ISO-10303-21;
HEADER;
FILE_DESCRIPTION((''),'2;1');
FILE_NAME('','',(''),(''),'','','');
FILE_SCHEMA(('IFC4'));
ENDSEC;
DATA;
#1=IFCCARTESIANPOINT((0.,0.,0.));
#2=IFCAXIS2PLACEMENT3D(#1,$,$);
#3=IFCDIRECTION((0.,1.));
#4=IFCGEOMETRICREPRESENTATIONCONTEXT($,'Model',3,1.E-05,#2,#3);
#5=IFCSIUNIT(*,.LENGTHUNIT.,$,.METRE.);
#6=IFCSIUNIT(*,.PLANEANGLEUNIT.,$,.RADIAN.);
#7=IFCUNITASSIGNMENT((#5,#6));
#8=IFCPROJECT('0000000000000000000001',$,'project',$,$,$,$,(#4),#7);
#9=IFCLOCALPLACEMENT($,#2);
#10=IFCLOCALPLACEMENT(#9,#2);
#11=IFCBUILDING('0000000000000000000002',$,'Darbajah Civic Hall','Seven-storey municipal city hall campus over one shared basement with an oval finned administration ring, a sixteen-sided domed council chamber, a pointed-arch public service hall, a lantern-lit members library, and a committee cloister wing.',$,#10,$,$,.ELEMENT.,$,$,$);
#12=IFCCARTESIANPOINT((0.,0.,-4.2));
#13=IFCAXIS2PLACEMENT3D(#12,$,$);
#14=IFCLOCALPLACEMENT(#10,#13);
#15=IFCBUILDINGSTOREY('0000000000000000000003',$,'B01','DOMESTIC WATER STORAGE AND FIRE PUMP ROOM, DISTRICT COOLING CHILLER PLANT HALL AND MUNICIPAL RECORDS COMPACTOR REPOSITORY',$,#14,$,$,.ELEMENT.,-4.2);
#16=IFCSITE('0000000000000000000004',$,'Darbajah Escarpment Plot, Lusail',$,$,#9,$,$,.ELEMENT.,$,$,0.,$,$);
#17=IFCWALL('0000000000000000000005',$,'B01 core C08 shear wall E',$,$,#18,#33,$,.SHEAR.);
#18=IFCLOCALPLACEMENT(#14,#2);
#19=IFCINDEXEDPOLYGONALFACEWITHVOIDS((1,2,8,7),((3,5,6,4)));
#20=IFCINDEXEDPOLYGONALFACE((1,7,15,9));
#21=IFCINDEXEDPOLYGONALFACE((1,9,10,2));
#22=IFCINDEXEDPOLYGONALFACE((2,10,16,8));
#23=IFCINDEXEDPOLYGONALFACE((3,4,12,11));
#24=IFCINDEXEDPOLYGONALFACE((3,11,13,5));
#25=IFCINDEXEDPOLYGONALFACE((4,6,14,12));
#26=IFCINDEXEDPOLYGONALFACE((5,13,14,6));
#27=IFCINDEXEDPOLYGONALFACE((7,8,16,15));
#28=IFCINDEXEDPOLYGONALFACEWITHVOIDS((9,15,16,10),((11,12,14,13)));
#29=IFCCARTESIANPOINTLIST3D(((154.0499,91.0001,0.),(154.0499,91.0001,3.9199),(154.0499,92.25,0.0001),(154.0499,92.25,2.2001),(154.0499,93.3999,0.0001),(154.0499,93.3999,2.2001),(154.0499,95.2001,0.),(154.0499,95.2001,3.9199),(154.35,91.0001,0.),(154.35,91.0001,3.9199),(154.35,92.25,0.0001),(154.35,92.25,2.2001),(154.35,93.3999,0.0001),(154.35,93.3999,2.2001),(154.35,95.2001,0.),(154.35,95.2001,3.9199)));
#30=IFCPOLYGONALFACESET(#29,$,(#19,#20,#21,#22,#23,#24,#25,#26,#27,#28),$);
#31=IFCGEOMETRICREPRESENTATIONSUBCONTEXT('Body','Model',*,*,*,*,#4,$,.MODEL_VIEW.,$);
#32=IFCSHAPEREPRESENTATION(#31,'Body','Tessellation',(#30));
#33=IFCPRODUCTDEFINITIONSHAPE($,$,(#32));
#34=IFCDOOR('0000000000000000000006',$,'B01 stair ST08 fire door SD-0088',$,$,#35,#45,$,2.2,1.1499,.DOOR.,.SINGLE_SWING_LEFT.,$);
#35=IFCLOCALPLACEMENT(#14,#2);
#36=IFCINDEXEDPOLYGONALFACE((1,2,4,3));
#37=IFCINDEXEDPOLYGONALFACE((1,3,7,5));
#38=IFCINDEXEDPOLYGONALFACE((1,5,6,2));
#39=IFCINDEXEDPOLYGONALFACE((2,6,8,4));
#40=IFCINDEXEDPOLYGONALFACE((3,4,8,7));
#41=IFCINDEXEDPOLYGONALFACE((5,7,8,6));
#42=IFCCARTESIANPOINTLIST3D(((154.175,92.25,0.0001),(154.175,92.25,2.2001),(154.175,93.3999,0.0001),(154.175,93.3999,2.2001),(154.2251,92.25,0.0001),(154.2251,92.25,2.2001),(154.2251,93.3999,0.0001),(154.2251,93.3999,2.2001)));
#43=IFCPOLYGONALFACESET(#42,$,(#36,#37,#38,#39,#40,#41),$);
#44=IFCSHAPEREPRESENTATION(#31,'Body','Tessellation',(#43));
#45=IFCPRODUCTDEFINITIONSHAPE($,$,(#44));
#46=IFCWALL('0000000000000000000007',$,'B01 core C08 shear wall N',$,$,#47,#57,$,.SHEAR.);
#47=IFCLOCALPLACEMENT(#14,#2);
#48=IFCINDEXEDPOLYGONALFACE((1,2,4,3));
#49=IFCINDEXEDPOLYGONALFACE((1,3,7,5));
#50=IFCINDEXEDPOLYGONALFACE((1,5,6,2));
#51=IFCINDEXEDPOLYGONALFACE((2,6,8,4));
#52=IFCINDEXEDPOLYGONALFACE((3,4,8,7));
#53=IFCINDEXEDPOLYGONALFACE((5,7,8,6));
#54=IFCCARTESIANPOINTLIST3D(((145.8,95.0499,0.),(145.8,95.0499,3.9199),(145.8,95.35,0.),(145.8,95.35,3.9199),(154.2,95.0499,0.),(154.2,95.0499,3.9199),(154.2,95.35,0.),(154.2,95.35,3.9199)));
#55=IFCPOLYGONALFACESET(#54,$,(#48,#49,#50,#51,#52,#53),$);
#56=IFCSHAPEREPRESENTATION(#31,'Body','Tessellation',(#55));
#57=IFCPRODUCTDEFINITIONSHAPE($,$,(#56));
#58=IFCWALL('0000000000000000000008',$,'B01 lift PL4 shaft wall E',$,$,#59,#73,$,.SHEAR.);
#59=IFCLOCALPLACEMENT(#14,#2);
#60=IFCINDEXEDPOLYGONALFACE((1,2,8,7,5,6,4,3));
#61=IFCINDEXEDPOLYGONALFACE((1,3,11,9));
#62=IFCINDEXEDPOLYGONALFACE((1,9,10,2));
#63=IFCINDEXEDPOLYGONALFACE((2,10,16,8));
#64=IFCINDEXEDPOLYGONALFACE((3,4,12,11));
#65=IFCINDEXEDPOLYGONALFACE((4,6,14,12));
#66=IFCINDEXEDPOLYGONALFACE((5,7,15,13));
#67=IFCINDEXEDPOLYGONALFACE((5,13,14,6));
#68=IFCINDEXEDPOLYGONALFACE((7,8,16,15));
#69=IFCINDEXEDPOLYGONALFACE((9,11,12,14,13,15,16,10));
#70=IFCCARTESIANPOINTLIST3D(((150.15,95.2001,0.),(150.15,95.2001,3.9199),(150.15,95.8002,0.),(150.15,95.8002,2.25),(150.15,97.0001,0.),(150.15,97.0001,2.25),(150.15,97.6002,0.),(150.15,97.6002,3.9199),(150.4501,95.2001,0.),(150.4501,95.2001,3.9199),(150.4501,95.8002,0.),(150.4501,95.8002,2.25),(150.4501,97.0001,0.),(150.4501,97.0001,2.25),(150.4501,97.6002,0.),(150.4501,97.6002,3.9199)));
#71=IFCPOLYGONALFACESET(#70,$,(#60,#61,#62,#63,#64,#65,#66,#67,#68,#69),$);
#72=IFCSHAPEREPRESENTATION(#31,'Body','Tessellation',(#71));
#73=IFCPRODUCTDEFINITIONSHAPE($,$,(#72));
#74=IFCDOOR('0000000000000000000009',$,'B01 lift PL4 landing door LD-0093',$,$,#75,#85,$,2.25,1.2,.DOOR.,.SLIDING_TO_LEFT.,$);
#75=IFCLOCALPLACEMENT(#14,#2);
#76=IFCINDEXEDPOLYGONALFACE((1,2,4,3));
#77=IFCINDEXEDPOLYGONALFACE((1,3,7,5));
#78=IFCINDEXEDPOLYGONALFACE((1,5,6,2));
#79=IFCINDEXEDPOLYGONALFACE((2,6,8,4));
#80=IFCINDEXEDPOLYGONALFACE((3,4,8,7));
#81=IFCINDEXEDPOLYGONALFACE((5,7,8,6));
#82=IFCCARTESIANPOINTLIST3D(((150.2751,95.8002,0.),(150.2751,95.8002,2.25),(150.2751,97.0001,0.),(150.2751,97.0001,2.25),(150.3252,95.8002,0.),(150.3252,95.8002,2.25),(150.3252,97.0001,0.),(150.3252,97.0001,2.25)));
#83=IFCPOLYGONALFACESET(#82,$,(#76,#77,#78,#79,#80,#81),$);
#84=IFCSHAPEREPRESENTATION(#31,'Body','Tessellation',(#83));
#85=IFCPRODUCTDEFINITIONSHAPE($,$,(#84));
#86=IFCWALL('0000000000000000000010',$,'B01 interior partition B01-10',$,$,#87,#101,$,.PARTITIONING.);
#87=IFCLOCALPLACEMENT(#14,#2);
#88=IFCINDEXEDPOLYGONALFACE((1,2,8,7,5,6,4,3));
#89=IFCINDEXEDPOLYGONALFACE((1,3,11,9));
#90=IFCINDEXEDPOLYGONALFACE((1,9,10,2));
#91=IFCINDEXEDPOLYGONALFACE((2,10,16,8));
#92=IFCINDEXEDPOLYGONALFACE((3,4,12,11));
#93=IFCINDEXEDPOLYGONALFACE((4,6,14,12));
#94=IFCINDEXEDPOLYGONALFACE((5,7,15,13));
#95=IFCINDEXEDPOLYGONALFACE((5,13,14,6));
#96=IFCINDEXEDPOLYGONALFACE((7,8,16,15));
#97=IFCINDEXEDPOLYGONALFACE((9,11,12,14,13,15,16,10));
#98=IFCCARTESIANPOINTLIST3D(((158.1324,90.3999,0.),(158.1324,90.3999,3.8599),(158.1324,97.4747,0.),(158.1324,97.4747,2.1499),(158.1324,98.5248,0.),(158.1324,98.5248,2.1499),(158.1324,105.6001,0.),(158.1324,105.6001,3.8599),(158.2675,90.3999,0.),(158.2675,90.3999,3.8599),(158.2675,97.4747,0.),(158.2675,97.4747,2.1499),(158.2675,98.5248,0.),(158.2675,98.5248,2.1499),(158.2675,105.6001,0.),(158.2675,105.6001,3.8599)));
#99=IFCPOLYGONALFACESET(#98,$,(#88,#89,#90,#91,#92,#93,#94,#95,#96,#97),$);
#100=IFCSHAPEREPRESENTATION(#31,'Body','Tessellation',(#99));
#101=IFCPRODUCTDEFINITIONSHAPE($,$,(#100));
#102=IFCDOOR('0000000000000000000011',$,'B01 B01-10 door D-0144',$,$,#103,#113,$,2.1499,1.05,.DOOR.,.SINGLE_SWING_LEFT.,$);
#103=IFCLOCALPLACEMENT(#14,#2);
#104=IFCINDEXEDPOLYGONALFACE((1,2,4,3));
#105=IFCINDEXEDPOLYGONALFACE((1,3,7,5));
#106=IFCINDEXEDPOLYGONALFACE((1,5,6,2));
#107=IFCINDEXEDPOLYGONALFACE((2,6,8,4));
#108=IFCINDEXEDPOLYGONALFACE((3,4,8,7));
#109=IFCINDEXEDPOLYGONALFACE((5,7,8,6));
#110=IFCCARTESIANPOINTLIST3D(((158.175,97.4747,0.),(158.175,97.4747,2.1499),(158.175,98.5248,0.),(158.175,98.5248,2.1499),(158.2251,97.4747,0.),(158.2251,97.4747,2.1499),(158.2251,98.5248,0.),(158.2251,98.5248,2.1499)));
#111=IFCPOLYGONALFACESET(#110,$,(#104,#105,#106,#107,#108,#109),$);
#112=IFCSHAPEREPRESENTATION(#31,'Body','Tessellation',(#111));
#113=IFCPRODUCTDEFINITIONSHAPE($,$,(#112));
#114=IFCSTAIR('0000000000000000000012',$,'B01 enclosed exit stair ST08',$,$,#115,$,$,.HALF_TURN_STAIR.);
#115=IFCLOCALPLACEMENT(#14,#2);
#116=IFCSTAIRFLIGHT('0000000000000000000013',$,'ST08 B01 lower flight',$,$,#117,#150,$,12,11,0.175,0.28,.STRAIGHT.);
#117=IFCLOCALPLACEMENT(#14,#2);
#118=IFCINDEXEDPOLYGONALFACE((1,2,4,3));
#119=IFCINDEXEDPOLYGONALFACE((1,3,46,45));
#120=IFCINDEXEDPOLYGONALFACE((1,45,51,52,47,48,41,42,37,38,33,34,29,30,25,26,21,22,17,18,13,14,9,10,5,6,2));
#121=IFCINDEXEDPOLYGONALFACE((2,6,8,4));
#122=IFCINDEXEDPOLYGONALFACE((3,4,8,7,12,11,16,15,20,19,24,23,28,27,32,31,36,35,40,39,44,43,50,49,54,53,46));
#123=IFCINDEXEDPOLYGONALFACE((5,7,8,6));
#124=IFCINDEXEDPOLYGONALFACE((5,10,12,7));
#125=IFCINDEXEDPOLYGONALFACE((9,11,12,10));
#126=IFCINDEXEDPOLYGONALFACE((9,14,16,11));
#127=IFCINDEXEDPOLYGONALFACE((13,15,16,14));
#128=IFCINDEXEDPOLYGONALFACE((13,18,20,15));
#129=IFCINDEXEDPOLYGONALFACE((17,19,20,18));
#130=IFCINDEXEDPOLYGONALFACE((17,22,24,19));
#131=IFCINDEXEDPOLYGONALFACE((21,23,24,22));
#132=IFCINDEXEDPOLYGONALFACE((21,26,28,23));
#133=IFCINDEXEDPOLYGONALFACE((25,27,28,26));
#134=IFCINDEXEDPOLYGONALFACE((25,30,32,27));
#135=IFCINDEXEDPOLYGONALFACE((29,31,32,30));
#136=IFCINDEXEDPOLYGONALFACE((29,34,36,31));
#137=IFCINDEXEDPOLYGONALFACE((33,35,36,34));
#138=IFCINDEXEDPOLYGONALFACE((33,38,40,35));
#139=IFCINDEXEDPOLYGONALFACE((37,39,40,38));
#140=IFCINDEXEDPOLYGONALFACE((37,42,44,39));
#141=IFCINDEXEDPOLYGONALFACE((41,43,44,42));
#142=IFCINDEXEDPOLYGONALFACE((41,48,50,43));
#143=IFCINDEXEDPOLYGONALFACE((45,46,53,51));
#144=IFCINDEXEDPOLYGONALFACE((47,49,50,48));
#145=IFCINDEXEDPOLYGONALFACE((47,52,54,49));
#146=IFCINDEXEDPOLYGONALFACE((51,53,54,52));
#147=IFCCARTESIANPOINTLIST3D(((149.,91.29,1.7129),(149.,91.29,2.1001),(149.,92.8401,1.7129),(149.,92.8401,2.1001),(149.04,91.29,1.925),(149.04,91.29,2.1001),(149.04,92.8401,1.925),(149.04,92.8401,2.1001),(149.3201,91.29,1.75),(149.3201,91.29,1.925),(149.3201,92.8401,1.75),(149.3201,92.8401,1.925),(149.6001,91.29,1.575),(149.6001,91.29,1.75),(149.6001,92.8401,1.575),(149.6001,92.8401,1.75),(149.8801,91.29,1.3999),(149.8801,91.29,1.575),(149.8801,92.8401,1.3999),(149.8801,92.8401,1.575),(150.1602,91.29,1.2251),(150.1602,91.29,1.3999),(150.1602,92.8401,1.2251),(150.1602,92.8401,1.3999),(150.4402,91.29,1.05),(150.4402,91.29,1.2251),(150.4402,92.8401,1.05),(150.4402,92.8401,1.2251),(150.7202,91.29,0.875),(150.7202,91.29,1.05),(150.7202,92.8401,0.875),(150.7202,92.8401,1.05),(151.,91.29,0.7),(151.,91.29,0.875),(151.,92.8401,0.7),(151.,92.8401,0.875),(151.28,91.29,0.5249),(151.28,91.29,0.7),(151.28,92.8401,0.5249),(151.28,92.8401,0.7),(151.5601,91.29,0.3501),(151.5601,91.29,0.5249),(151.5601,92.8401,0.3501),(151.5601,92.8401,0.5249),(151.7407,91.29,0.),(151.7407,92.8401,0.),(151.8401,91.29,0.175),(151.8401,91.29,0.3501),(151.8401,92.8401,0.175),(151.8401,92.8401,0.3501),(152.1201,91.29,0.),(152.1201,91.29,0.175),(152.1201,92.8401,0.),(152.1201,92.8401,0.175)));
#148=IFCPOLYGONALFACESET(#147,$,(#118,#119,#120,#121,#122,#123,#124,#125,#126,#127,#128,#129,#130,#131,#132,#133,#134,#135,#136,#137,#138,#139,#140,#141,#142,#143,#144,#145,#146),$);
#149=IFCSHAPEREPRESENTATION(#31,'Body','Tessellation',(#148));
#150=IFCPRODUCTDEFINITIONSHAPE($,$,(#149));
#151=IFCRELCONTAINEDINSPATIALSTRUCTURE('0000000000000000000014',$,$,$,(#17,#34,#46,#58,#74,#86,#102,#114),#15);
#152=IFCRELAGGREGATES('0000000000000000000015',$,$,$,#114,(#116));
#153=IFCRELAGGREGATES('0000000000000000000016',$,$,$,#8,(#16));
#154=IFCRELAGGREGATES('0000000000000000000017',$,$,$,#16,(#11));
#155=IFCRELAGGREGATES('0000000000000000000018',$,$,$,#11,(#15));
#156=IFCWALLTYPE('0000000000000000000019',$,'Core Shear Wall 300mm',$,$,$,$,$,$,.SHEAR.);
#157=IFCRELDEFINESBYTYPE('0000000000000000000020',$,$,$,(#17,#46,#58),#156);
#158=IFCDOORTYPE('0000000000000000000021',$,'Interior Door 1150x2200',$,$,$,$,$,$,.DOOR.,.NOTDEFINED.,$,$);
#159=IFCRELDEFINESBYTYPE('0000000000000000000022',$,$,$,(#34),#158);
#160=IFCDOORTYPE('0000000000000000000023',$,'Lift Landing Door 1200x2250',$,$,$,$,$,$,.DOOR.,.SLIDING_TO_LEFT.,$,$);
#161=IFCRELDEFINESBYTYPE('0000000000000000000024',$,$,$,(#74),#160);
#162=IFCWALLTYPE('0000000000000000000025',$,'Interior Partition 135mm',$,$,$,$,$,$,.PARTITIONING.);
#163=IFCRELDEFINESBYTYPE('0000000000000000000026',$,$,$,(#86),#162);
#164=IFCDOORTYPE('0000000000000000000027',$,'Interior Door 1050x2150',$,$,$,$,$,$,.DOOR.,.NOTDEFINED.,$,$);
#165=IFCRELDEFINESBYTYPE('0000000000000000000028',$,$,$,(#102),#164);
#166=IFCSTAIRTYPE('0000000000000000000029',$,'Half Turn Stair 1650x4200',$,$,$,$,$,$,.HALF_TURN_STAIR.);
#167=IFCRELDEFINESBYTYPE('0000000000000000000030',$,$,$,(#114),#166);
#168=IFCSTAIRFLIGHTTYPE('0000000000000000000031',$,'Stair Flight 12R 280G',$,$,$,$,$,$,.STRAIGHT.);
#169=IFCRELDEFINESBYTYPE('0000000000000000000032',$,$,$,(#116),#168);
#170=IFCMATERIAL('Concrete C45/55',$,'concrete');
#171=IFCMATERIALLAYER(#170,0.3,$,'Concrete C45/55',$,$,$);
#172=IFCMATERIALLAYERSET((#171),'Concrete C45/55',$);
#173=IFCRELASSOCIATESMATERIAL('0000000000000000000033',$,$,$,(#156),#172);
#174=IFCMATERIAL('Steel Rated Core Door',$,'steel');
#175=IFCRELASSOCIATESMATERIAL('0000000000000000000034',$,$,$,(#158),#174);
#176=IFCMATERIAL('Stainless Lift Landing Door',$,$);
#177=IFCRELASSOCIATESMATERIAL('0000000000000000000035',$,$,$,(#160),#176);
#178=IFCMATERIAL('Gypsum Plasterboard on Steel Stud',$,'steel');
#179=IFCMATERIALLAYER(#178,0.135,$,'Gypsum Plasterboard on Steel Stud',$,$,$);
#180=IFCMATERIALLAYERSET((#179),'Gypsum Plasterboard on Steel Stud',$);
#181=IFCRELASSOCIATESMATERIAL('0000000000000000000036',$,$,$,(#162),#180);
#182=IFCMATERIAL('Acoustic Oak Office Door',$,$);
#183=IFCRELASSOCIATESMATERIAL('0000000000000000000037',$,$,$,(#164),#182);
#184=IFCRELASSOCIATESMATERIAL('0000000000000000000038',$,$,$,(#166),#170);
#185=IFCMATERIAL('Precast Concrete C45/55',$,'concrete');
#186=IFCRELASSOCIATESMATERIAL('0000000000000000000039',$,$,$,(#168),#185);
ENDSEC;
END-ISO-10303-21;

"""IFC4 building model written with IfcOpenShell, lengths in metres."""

from ifc_helpers import new_model, si_unit, direction, frame, frame_2d, origin, place, context, subcontext, project, spatial, polyline, rectangle, outline, extrude, material, layer, layer_set, type_object, element, fill, aggregate, save


model = new_model("IFC4")

# Units and contexts
model_context = context("Model", 3, precision=1e-05, world=origin(), true_north=direction((0.0, 1.0)))
body_context = subcontext(model_context, "Body", "Model", "MODEL_VIEW")
ifc_project = project(units=[si_unit("LENGTHUNIT", "METRE"), si_unit("PLANEANGLEUNIT", "RADIAN")], contexts=[model_context])

# Site, building, storey
site_placement = place(None, origin())
site = spatial("IfcSite", under=ifc_project, at=site_placement, Name="Darbajah Escarpment Plot, Lusail", CompositionType="ELEMENT", RefElevation=0.0)
building_placement = place(site_placement, origin())
building = spatial("IfcBuilding", under=site, at=building_placement, Name="Darbajah Civic Hall", Description="Seven-storey municipal city hall campus over one shared basement with an oval finned administration ring, a sixteen-sided domed council chamber, a pointed-arch public service hall, a lantern-lit members library, and a committee cloister wing.", CompositionType="ELEMENT")
storey_placement = place(building_placement, frame((0.0, 0.0, -4.2)))
storey = spatial("IfcBuildingStorey", under=building, at=storey_placement, Name="B01", Description="DOMESTIC WATER STORAGE AND FIRE PUMP ROOM, DISTRICT COOLING CHILLER PLANT HALL AND MUNICIPAL RECORDS COMPACTOR REPOSITORY", CompositionType="ELEMENT", Elevation=-4.2)

# Shared definitions
ifc_material_1 = material(Name="Concrete C45/55", Category="concrete")

# Wall, opening, door
ifc_layer_1 = layer(ifc_material_1, 0.3, Name="Concrete C45/55")
ifc_layer_set_1 = layer_set([ifc_layer_1], Name="Concrete C45/55")
wall_type_1 = type_object("IfcWallType", Name="Core Shear Wall 300mm", PredefinedType="SHEAR", material=ifc_layer_set_1)
wall_1_placement = place(storey_placement, frame((154.2, 91.0, 0.0), z_axis=(0.0, 0.0, 1.0), x_axis=(0.0, 1.0, 0.0)))
wall_1 = element("IfcWall", 1, at=wall_1_placement, inside=storey, type_object=wall_type_1, Name="B01 core C08 shear wall E", PredefinedType="SHEAR", context=body_context, shape_type="SweptSolid", body=[
    extrude(rectangle(XDim=4.2, YDim=0.3, at=frame_2d((2.1001, 0.0))), origin(), (0.0, 0.0, 1.0), 3.9199),
])
opening_1_placement = place(wall_1_placement, frame((1.25, 0.0, 0.0)))
opening_1 = element("IfcOpeningElement", 2, at=opening_1_placement, cuts=wall_1, PredefinedType="OPENING", context=body_context, shape_type="SweptSolid", body=[
    extrude(rectangle(XDim=1.1499, YDim=2.2, at=frame_2d((0.575, 1.1001))), frame((0.0, 0.1599, 0.0), z_axis=(0.0, -1.0, 0.0), x_axis=(1.0, 0.0, 0.0)), (0.0, 0.0, 1.0), 0.3201),
])
ifc_material_2 = material(Name="Steel Rated Core Door", Category="steel")
door_type_1 = type_object("IfcDoorType", Name="Interior Door 1150x2200", OperationType="NOTDEFINED", PredefinedType="DOOR", material=ifc_material_2)
door_1_placement = place(opening_1_placement, origin())
door_1 = element("IfcDoor", 3, at=door_1_placement, inside=storey, type_object=door_type_1, Name="B01 stair ST08 fire door SD-0088", OperationType="SINGLE_SWING_LEFT", OverallHeight=2.2, OverallWidth=1.1499, PredefinedType="DOOR", context=body_context, shape_type="SweptSolid", body=[
    extrude(rectangle(XDim=1.1499, YDim=2.2, at=frame_2d((0.575, 1.1001))), frame((0.0, 0.0249, 0.0), z_axis=(0.0, -1.0, 0.0), x_axis=(1.0, 0.0, 0.0)), (0.0, 0.0, 1.0), 0.05),
])
fill(opening_1, door_1)

# Wall
wall_2_placement = place(storey_placement, frame((154.2, 95.2, 0.0), z_axis=(0.0, 0.0, 1.0), x_axis=(-1.0, 0.0, 0.0)))
element("IfcWall", 4, at=wall_2_placement, inside=storey, type_object=wall_type_1, Name="B01 core C08 shear wall N", PredefinedType="SHEAR", context=body_context, shape_type="SweptSolid", body=[
    extrude(rectangle(XDim=8.3999, YDim=0.3, at=frame_2d((4.2, 0.0))), origin(), (0.0, 0.0, 1.0), 3.9199),
])

# Walls, openings, doors
wall_3_placement = place(storey_placement, frame((150.3, 95.2, 0.0), z_axis=(0.0, 0.0, 1.0), x_axis=(0.0, 1.0, 0.0)))
wall_3 = element("IfcWall", 5, at=wall_3_placement, inside=storey, type_object=wall_type_1, Name="B01 lift PL4 shaft wall E", PredefinedType="SHEAR", context=body_context, shape_type="SweptSolid", body=[
    extrude(rectangle(XDim=2.4001, YDim=0.3, at=frame_2d((1.2002, 0.0))), origin(), (0.0, 0.0, 1.0), 3.9199),
])
opening_2_placement = place(wall_3_placement, frame((0.6001, 0.0, 0.0)))
opening_2 = element("IfcOpeningElement", 6, at=opening_2_placement, cuts=wall_3, PredefinedType="OPENING", context=body_context, shape_type="SweptSolid", body=[
    extrude(rectangle(XDim=1.2, YDim=2.25, at=frame_2d((0.6001, 1.125))), frame((0.0, 0.1599, 0.0), z_axis=(0.0, -1.0, 0.0), x_axis=(1.0, 0.0, 0.0)), (0.0, 0.0, 1.0), 0.3201),
])
ifc_material_3 = material(Name="Stainless Lift Landing Door")
door_type_2 = type_object("IfcDoorType", Name="Lift Landing Door 1200x2250", OperationType="SLIDING_TO_LEFT", PredefinedType="DOOR", material=ifc_material_3)
door_2_placement = place(opening_2_placement, origin())
door_2 = element("IfcDoor", 7, at=door_2_placement, inside=storey, type_object=door_type_2, Name="B01 lift PL4 landing door LD-0093", OperationType="SLIDING_TO_LEFT", OverallHeight=2.25, OverallWidth=1.2, PredefinedType="DOOR", context=body_context, shape_type="SweptSolid", body=[
    extrude(rectangle(XDim=1.2, YDim=2.25, at=frame_2d((0.6001, 1.125))), frame((0.0, 0.0249, 0.0), z_axis=(0.0, -1.0, 0.0), x_axis=(1.0, 0.0, 0.0)), (0.0, 0.0, 1.0), 0.05),
])
fill(opening_2, door_2)
ifc_material_4 = material(Name="Gypsum Plasterboard on Steel Stud", Category="steel")
ifc_layer_2 = layer(ifc_material_4, 0.135, Name="Gypsum Plasterboard on Steel Stud")
ifc_layer_set_2 = layer_set([ifc_layer_2], Name="Gypsum Plasterboard on Steel Stud")
wall_type_2 = type_object("IfcWallType", Name="Interior Partition 135mm", PredefinedType="PARTITIONING", material=ifc_layer_set_2)
wall_4_placement = place(storey_placement, frame((158.2, 90.3999, 0.0), z_axis=(0.0, 0.0, 1.0), x_axis=(0.0, 1.0, 0.0)))
wall_4 = element("IfcWall", 8, at=wall_4_placement, inside=storey, type_object=wall_type_2, Name="B01 interior partition B01-10", PredefinedType="PARTITIONING", context=body_context, shape_type="SweptSolid", body=[
    extrude(rectangle(XDim=15.2002, YDim=0.135, at=frame_2d((7.6001, 0.0))), origin(), (0.0, 0.0, 1.0), 3.8599),
])
opening_3_placement = place(wall_4_placement, frame((7.075, 0.0, 0.0)))
opening_3 = element("IfcOpeningElement", 9, at=opening_3_placement, cuts=wall_4, PredefinedType="OPENING", context=body_context, shape_type="SweptSolid", body=[
    extrude(rectangle(XDim=1.05, YDim=2.1499, at=frame_2d((0.5249, 1.075))), frame((0.0, 0.0774, 0.0), z_axis=(0.0, -1.0, 0.0), x_axis=(1.0, 0.0, 0.0)), (0.0, 0.0, 1.0), 0.155),
])
ifc_material_5 = material(Name="Acoustic Oak Office Door")
door_type_3 = type_object("IfcDoorType", Name="Interior Door 1050x2150", OperationType="NOTDEFINED", PredefinedType="DOOR", material=ifc_material_5)
door_3_placement = place(opening_3_placement, origin())
door_3 = element("IfcDoor", 10, at=door_3_placement, inside=storey, type_object=door_type_3, Name="B01 B01-10 door D-0144", OperationType="SINGLE_SWING_LEFT", OverallHeight=2.1499, OverallWidth=1.05, PredefinedType="DOOR", context=body_context, shape_type="SweptSolid", body=[
    extrude(rectangle(XDim=1.05, YDim=2.1499, at=frame_2d((0.5249, 1.075))), frame((0.0, 0.0249, 0.0), z_axis=(0.0, -1.0, 0.0), x_axis=(1.0, 0.0, 0.0)), (0.0, 0.0, 1.0), 0.05),
])
fill(opening_3, door_3)

# Stair, stair flight
stair_type = type_object("IfcStairType", Name="Half Turn Stair 1650x4200", PredefinedType="HALF_TURN_STAIR", material=ifc_material_1)
stair_placement = place(storey_placement, origin())
stair = element("IfcStair", 11, at=stair_placement, inside=storey, type_object=stair_type, Name="B01 enclosed exit stair ST08", PredefinedType="HALF_TURN_STAIR")
ifc_material_6 = material(Name="Precast Concrete C45/55", Category="concrete")
stair_flight_type = type_object("IfcStairFlightType", Name="Stair Flight 12R 280G", PredefinedType="STRAIGHT", material=ifc_material_6)
stair_flight_1_placement = place(storey_placement, frame((152.1201, 92.0649, 0.0), z_axis=(0.0, 0.0, 1.0), x_axis=(-1.0, 0.0, 0.0)))
stair_flight_1 = element("IfcStairFlight", 12, at=stair_flight_1_placement, type_object=stair_flight_type, Name="ST08 B01 lower flight", NumberOfRisers=12, NumberOfTreads=11, PredefinedType="STRAIGHT", RiserHeight=0.175, TreadLength=0.28, context=body_context, shape_type="SweptSolid", body=[
    extrude(outline(polyline([(0.0, 0.0), (0.0, 0.175), (0.28, 0.175), (0.28, 0.3501), (0.5601, 0.3501), (0.5601, 0.5249), (0.8401, 0.5249), (0.8401, 0.7), (1.1201, 0.7), (1.1201, 0.875), (1.3999, 0.875), (1.3999, 1.05), (1.6799, 1.05), (1.6799, 1.2251), (1.96, 1.2251), (1.96, 1.3999), (2.24, 1.3999), (2.24, 1.575), (2.52, 1.575), (2.52, 1.75), (2.8, 1.75), (2.8, 1.925), (3.0801, 1.925), (3.0801, 2.1001), (3.1201, 2.1001), (3.1201, 1.7129), (0.3794, 0.0), (0.0, 0.0)])), frame((0.0, 0.7749, 0.0), z_axis=(0.0, -1.0, 0.0), x_axis=(1.0, 0.0, 0.0)), (0.0, 0.0, 1.0), 1.55),
])
aggregate(stair, [stair_flight_1])

save(model, "model.ifc")
